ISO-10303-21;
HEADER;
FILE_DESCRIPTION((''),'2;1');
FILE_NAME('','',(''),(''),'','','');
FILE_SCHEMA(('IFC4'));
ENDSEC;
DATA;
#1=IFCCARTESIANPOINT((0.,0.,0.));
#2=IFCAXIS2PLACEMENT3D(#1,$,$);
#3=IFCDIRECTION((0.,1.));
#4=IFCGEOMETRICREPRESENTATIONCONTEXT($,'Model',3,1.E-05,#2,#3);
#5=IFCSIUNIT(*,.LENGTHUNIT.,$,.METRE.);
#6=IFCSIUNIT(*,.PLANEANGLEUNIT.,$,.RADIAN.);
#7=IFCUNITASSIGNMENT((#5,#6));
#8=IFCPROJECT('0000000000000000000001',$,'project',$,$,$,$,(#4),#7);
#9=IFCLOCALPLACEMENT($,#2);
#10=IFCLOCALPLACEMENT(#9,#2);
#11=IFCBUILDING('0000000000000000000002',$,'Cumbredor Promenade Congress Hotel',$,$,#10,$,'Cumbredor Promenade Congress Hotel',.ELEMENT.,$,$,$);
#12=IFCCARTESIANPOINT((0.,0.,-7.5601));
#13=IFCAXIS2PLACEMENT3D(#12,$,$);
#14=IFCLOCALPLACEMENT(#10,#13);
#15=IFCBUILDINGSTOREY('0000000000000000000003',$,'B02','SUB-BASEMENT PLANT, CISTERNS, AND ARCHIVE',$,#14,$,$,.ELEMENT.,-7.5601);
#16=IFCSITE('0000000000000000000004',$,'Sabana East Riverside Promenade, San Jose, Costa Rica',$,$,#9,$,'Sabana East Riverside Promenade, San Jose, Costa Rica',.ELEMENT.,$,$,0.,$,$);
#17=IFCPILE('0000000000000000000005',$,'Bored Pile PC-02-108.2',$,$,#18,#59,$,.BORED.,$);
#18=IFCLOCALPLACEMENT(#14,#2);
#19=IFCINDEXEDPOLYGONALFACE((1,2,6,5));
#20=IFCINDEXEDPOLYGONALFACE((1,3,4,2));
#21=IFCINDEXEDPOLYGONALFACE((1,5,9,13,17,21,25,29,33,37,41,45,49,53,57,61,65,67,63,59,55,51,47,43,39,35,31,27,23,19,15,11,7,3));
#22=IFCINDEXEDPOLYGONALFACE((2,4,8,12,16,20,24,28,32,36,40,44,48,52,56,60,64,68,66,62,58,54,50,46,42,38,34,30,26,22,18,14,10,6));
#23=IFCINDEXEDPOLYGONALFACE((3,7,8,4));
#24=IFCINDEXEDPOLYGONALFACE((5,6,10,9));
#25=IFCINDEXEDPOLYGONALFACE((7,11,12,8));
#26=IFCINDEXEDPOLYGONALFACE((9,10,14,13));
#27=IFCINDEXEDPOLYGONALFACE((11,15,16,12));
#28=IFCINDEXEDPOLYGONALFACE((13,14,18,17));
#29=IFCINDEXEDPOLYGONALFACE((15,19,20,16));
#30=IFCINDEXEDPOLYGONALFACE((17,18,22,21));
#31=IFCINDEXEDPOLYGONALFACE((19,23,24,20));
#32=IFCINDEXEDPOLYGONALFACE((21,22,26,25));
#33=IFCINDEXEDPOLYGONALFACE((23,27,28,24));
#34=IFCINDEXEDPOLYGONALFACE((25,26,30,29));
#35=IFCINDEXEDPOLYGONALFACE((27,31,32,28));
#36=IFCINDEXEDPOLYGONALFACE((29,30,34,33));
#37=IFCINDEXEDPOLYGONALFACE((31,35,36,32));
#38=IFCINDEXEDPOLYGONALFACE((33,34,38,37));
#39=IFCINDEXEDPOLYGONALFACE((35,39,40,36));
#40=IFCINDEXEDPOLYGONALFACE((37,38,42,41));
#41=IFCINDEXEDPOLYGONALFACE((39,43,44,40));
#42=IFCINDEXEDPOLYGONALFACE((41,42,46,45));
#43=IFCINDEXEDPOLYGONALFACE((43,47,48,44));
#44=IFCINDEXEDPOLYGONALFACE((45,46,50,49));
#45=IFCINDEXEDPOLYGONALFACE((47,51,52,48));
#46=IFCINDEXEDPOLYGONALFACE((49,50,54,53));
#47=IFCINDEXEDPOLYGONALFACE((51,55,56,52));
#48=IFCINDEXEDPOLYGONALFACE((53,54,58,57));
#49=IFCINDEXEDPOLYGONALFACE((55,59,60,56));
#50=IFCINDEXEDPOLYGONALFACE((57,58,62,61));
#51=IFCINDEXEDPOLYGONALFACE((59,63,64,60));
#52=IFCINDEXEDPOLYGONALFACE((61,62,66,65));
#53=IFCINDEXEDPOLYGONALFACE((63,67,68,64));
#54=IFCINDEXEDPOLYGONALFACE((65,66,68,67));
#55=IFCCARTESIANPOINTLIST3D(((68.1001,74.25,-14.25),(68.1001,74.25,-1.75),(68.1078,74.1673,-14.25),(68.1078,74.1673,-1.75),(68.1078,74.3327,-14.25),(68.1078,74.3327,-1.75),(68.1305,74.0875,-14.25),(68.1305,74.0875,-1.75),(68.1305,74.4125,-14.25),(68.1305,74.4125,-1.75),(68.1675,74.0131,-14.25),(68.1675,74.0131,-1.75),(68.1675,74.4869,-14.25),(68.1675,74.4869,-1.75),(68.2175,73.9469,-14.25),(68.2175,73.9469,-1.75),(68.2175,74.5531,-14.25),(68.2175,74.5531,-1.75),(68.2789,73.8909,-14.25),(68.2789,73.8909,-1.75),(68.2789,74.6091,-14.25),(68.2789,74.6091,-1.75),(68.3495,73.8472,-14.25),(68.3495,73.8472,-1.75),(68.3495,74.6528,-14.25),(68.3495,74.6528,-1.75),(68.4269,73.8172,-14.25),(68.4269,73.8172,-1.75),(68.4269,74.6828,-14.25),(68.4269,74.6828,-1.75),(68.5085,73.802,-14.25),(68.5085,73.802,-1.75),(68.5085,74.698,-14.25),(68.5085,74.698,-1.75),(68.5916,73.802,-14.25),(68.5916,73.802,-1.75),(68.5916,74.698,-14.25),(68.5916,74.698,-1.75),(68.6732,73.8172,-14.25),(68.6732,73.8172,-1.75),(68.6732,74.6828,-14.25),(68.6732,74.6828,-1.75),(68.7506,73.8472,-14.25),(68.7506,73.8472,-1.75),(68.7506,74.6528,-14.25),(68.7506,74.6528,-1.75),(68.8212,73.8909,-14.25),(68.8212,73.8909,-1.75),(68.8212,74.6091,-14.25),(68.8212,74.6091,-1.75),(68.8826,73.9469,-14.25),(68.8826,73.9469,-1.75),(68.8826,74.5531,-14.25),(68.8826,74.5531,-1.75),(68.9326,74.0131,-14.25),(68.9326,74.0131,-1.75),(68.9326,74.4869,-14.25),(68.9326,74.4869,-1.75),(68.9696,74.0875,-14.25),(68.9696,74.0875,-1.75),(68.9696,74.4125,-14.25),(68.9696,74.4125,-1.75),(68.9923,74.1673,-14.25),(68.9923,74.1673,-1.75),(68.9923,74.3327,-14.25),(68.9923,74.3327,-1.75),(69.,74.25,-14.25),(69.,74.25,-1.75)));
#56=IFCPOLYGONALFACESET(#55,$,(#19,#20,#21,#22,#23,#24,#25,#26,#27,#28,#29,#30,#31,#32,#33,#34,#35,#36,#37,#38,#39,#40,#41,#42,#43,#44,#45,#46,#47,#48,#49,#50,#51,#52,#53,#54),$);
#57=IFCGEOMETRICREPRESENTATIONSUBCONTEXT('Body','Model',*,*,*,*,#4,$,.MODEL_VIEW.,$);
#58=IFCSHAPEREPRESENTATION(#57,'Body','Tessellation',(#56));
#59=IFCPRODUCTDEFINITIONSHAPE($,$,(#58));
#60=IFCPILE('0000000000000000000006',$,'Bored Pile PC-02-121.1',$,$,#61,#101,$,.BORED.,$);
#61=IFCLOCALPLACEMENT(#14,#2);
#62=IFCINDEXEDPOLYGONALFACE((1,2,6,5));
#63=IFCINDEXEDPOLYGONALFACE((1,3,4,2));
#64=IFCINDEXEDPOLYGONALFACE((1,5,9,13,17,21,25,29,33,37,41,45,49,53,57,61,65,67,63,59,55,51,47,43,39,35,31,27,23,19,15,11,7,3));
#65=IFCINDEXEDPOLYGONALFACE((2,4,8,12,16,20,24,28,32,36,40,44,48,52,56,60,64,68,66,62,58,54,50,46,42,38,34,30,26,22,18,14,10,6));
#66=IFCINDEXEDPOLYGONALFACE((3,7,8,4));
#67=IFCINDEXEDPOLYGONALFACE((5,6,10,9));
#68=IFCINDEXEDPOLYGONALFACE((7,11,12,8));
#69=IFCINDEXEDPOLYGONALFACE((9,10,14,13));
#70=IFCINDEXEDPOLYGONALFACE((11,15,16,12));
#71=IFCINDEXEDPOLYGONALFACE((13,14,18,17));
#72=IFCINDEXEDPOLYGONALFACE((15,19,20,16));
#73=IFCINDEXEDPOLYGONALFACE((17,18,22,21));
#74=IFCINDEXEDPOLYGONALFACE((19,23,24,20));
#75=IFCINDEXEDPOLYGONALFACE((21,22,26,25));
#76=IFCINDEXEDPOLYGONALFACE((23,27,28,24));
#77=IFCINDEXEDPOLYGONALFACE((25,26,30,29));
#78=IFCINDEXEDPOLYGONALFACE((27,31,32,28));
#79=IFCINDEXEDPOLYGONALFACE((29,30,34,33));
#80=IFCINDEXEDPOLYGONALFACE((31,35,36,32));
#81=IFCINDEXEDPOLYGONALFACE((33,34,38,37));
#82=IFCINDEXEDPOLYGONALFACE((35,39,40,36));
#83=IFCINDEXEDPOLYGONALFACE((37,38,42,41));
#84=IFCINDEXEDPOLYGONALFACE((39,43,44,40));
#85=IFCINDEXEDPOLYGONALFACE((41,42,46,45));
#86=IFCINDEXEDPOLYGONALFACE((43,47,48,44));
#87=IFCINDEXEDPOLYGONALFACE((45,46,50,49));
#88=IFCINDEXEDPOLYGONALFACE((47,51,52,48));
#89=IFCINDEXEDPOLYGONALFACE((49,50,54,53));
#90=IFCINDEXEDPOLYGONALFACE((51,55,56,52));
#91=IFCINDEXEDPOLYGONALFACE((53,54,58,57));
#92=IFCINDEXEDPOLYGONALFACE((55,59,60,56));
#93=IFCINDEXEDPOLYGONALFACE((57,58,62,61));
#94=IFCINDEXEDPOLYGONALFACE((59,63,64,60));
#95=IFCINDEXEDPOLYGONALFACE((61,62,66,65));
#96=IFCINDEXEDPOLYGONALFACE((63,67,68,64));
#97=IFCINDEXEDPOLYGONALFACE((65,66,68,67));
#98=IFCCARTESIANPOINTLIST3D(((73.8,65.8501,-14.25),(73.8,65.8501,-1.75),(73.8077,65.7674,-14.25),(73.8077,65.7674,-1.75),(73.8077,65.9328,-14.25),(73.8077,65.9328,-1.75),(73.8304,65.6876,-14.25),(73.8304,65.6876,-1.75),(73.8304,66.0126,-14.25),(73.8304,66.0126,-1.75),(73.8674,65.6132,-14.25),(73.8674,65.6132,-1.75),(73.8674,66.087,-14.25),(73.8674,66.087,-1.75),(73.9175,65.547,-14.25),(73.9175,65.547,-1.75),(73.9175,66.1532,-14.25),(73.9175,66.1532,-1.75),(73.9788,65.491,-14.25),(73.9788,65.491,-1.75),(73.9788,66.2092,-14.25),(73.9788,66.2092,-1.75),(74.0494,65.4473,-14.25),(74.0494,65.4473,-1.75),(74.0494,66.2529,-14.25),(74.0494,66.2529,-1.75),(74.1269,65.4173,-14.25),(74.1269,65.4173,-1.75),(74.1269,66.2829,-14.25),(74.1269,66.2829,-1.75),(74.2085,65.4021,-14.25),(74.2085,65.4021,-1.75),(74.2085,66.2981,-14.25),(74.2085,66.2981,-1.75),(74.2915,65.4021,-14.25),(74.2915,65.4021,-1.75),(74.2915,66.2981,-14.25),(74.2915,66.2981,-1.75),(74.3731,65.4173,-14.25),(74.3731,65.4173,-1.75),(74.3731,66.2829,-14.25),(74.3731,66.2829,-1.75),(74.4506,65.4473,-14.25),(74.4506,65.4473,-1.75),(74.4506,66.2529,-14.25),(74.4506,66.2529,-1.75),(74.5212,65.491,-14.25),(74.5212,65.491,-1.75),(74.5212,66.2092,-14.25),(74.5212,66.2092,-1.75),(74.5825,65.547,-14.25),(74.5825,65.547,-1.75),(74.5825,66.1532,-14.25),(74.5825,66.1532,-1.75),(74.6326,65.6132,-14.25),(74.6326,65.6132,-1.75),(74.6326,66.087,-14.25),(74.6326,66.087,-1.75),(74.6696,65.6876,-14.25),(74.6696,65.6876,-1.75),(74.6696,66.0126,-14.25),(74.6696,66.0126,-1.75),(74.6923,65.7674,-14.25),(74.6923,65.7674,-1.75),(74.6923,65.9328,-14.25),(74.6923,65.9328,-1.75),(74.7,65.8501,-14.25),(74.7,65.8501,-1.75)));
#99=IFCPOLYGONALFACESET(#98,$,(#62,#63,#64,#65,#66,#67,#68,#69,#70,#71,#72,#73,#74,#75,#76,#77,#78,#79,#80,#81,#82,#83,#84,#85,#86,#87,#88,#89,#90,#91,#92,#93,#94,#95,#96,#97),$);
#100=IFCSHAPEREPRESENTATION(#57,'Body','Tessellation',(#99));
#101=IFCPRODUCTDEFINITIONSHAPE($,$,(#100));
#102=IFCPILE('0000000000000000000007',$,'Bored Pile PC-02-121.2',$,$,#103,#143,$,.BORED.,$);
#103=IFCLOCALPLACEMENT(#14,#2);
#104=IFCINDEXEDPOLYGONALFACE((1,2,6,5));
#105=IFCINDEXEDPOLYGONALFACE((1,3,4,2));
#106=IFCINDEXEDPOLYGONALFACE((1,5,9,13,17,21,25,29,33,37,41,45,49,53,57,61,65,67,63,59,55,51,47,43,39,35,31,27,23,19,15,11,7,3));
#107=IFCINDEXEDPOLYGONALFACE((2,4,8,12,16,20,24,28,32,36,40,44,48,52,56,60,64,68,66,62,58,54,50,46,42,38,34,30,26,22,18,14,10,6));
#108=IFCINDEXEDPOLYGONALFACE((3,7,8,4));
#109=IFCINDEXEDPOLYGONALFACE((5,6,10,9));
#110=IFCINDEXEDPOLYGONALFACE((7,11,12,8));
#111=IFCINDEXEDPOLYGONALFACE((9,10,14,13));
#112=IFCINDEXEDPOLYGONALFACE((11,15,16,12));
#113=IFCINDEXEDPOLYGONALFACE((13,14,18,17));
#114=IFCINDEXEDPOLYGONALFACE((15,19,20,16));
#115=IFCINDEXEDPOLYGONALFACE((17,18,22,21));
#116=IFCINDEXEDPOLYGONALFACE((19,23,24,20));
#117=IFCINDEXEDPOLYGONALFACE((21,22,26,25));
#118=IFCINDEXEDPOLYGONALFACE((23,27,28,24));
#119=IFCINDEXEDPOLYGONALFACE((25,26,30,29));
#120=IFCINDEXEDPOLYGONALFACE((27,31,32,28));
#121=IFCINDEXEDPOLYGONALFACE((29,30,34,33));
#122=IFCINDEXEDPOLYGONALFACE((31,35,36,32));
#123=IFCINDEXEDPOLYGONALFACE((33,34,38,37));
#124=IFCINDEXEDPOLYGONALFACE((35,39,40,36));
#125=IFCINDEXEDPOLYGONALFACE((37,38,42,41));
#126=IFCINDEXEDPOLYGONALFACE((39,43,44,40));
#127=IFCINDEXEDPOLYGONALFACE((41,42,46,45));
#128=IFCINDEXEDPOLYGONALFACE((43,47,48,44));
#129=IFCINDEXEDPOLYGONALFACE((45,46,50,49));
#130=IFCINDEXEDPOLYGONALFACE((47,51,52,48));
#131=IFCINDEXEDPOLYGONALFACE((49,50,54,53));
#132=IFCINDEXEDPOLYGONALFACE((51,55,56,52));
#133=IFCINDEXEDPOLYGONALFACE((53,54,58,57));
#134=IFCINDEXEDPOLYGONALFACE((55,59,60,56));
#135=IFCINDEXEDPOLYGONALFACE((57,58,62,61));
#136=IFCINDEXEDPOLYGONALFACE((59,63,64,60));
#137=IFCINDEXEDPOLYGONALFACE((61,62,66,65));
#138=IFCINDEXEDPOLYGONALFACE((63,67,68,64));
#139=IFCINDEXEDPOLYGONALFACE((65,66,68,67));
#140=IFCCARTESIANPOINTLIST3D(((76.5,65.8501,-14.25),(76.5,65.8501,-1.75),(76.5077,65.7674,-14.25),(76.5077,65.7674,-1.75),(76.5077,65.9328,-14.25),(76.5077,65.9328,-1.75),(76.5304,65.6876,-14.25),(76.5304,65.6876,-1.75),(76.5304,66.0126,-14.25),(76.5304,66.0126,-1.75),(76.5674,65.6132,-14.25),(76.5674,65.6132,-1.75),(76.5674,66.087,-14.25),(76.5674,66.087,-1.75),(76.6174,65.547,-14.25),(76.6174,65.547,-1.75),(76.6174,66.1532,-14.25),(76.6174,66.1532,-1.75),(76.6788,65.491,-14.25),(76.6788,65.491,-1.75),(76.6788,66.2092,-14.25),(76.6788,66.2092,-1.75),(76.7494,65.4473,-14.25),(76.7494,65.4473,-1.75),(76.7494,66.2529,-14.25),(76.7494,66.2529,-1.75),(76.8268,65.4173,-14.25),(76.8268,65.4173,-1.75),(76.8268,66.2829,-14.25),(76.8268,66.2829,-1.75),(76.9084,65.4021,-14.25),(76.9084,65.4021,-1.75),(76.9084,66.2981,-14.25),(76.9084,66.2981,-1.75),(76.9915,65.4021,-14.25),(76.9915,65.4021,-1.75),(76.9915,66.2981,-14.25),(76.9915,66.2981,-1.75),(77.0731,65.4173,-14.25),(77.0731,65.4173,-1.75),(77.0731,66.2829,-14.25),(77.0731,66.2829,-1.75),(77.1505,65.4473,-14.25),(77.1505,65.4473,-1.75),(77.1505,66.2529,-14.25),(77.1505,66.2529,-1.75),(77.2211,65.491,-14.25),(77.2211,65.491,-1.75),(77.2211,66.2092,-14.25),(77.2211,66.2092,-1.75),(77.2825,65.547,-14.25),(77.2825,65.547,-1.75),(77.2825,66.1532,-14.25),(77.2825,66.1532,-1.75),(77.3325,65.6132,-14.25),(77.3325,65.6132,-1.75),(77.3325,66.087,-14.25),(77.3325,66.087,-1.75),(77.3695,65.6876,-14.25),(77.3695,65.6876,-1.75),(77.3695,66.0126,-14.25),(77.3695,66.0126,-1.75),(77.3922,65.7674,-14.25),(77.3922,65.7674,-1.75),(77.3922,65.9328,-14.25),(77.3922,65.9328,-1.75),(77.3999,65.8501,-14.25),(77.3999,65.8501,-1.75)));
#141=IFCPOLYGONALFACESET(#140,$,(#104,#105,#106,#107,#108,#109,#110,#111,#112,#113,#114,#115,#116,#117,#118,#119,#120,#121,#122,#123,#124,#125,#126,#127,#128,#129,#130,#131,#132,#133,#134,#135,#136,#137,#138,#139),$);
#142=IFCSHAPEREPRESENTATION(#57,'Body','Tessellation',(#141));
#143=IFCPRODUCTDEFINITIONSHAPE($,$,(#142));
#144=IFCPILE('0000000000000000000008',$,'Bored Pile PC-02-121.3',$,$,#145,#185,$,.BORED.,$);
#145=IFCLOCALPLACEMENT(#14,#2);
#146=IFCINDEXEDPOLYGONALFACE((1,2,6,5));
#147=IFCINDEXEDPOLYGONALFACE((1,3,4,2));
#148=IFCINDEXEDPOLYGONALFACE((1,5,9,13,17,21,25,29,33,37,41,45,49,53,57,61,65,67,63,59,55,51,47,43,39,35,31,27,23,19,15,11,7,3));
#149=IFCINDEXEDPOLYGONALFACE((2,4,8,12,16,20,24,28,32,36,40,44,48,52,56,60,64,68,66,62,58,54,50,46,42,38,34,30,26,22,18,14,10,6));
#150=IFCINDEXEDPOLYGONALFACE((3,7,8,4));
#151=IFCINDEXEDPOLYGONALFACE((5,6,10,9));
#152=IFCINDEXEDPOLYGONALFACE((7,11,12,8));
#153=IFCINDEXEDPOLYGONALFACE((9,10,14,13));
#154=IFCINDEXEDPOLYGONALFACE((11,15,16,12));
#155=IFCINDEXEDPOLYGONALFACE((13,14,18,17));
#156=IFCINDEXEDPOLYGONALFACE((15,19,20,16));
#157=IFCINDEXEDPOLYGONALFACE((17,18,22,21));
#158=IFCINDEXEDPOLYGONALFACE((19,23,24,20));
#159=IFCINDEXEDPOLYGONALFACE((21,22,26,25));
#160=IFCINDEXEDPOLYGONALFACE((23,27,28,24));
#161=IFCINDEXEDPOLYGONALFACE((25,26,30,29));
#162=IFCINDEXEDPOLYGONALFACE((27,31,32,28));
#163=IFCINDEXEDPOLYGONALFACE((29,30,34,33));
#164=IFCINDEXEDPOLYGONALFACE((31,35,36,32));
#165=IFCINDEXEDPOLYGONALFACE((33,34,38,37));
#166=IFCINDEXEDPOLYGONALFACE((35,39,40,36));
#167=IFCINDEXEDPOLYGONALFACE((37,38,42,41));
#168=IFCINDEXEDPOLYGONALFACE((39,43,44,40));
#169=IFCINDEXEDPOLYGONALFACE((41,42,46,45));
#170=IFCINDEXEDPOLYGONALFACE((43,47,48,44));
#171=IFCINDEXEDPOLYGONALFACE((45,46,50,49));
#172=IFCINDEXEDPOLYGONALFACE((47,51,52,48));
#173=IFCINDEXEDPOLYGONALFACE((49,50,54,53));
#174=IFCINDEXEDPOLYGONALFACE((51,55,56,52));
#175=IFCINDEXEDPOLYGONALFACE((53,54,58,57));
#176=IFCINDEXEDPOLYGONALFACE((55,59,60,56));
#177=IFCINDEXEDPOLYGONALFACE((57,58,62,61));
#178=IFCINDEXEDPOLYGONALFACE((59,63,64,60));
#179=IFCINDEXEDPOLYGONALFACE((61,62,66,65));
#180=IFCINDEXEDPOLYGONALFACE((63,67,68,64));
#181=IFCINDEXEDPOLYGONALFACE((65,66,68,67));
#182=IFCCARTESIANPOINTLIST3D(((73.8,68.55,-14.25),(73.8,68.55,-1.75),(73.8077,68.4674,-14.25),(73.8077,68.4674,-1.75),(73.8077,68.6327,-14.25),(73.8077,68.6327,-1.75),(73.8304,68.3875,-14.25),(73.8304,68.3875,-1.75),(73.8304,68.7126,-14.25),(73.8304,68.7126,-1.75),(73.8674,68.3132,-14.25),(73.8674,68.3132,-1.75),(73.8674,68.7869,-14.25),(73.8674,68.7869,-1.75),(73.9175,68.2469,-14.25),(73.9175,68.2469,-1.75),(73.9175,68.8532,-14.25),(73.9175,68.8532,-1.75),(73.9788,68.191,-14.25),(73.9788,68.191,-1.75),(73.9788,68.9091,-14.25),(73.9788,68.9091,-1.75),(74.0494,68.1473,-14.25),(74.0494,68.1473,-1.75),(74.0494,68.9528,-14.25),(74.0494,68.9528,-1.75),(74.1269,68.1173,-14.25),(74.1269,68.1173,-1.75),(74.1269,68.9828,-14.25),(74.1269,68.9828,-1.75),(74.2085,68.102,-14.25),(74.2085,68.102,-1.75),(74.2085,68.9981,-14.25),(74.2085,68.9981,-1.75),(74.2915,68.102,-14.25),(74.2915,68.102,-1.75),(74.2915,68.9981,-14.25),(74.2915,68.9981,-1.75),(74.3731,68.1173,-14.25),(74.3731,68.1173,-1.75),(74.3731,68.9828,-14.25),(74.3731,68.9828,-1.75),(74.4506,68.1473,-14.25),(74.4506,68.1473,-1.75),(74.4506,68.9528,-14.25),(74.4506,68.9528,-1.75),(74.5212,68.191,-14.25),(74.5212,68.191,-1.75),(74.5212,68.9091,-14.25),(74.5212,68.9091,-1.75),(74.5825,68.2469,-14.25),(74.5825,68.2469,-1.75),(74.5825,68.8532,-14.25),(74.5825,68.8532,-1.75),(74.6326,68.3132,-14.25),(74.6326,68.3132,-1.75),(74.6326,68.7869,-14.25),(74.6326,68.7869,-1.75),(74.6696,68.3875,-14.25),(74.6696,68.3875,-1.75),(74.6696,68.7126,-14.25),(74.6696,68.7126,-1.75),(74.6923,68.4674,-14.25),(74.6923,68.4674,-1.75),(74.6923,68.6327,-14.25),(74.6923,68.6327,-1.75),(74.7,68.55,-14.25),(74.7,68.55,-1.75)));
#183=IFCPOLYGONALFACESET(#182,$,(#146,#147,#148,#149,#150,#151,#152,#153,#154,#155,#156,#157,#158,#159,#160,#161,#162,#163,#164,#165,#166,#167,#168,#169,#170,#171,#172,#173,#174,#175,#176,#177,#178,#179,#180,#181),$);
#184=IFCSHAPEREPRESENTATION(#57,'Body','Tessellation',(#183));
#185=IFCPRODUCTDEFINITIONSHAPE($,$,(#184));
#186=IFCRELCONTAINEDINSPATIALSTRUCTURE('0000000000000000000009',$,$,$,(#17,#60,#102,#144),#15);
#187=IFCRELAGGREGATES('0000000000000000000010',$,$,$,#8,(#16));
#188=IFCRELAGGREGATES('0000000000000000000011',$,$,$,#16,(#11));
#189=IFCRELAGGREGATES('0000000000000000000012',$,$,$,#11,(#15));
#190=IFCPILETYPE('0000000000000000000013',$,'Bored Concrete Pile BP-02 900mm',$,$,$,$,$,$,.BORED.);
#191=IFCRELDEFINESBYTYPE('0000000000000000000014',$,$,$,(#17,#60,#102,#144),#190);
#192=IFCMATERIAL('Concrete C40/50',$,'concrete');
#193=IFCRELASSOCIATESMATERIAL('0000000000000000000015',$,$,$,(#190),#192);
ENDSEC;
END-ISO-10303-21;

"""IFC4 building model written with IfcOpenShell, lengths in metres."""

from ifc_helpers import new_model, si_unit, direction, frame, origin, origin_2d, place, context, subcontext, project, spatial, circle, extrude, material, material_profile, profile_set, type_object, element, save


model = new_model("IFC4")

# Units and contexts
model_context = context("Model", 3, precision=1e-05, world=origin(), true_north=direction((0.0, 1.0)))
body_context = subcontext(model_context, "Body", "Model", "MODEL_VIEW")
ifc_project = project(units=[si_unit("LENGTHUNIT", "METRE"), si_unit("PLANEANGLEUNIT", "RADIAN")], contexts=[model_context])

# Site, building, storey
site_placement = place(None, origin())
site = spatial("IfcSite", under=ifc_project, at=site_placement, Name="Sabana East Riverside Promenade, San Jose, Costa Rica", LongName="Sabana East Riverside Promenade, San Jose, Costa Rica", CompositionType="ELEMENT", RefElevation=0.0)
building_placement = place(site_placement, origin())
building = spatial("IfcBuilding", under=site, at=building_placement, Name="Cumbredor Promenade Congress Hotel", LongName="Cumbredor Promenade Congress Hotel", CompositionType="ELEMENT")
storey_placement = place(building_placement, frame((0.0, 0.0, -7.5601)))
storey = spatial("IfcBuildingStorey", under=building, at=storey_placement, Name="B02", Description="SUB-BASEMENT PLANT, CISTERNS, AND ARCHIVE", CompositionType="ELEMENT", Elevation=-7.5601)

# Piles
ifc_material_1 = material(Name="Concrete C40/50", Category="concrete")
ifc_material_profile_1 = material_profile(ifc_material_1, circle(Radius=0.45, at=origin_2d()), Name="PILE D900")
ifc_profile_set_1 = profile_set([ifc_material_profile_1], Name="Concrete C40/50")
pile_type_1 = type_object("IfcPileType", Name="Bored Concrete Pile BP-02 900mm", PredefinedType="BORED", material=ifc_profile_set_1)
for number, where, z_axis, x_axis, name in (
    (1, (68.55, 74.25, -1.75), (0.0, 0.0, -1.0), (1.0, 0.0, 0.0), "Bored Pile PC-02-108.2"),
    (2, (74.25, 65.8501, -1.75), (0.0, 0.0, -1.0), (1.0, 0.0, 0.0), "Bored Pile PC-02-121.1"),
    (3, (76.95, 65.8501, -1.75), (0.0, 0.0, -1.0), (1.0, 0.0, 0.0), "Bored Pile PC-02-121.2"),
    (4, (74.25, 68.55, -1.75), (0.0, 0.0, -1.0), (1.0, 0.0, 0.0), "Bored Pile PC-02-121.3"),
):
    element("IfcPile", number, at=place(storey_placement, frame(where, z_axis=z_axis, x_axis=x_axis)), inside=storey, type_object=pile_type_1, Name=name, PredefinedType="BORED", context=body_context, shape_type="SweptSolid", body=[
        extrude(circle(Radius=0.45, at=origin_2d()), origin(), (0.0, 0.0, 1.0), 12.5),
    ])

save(model, "model.ifc")
